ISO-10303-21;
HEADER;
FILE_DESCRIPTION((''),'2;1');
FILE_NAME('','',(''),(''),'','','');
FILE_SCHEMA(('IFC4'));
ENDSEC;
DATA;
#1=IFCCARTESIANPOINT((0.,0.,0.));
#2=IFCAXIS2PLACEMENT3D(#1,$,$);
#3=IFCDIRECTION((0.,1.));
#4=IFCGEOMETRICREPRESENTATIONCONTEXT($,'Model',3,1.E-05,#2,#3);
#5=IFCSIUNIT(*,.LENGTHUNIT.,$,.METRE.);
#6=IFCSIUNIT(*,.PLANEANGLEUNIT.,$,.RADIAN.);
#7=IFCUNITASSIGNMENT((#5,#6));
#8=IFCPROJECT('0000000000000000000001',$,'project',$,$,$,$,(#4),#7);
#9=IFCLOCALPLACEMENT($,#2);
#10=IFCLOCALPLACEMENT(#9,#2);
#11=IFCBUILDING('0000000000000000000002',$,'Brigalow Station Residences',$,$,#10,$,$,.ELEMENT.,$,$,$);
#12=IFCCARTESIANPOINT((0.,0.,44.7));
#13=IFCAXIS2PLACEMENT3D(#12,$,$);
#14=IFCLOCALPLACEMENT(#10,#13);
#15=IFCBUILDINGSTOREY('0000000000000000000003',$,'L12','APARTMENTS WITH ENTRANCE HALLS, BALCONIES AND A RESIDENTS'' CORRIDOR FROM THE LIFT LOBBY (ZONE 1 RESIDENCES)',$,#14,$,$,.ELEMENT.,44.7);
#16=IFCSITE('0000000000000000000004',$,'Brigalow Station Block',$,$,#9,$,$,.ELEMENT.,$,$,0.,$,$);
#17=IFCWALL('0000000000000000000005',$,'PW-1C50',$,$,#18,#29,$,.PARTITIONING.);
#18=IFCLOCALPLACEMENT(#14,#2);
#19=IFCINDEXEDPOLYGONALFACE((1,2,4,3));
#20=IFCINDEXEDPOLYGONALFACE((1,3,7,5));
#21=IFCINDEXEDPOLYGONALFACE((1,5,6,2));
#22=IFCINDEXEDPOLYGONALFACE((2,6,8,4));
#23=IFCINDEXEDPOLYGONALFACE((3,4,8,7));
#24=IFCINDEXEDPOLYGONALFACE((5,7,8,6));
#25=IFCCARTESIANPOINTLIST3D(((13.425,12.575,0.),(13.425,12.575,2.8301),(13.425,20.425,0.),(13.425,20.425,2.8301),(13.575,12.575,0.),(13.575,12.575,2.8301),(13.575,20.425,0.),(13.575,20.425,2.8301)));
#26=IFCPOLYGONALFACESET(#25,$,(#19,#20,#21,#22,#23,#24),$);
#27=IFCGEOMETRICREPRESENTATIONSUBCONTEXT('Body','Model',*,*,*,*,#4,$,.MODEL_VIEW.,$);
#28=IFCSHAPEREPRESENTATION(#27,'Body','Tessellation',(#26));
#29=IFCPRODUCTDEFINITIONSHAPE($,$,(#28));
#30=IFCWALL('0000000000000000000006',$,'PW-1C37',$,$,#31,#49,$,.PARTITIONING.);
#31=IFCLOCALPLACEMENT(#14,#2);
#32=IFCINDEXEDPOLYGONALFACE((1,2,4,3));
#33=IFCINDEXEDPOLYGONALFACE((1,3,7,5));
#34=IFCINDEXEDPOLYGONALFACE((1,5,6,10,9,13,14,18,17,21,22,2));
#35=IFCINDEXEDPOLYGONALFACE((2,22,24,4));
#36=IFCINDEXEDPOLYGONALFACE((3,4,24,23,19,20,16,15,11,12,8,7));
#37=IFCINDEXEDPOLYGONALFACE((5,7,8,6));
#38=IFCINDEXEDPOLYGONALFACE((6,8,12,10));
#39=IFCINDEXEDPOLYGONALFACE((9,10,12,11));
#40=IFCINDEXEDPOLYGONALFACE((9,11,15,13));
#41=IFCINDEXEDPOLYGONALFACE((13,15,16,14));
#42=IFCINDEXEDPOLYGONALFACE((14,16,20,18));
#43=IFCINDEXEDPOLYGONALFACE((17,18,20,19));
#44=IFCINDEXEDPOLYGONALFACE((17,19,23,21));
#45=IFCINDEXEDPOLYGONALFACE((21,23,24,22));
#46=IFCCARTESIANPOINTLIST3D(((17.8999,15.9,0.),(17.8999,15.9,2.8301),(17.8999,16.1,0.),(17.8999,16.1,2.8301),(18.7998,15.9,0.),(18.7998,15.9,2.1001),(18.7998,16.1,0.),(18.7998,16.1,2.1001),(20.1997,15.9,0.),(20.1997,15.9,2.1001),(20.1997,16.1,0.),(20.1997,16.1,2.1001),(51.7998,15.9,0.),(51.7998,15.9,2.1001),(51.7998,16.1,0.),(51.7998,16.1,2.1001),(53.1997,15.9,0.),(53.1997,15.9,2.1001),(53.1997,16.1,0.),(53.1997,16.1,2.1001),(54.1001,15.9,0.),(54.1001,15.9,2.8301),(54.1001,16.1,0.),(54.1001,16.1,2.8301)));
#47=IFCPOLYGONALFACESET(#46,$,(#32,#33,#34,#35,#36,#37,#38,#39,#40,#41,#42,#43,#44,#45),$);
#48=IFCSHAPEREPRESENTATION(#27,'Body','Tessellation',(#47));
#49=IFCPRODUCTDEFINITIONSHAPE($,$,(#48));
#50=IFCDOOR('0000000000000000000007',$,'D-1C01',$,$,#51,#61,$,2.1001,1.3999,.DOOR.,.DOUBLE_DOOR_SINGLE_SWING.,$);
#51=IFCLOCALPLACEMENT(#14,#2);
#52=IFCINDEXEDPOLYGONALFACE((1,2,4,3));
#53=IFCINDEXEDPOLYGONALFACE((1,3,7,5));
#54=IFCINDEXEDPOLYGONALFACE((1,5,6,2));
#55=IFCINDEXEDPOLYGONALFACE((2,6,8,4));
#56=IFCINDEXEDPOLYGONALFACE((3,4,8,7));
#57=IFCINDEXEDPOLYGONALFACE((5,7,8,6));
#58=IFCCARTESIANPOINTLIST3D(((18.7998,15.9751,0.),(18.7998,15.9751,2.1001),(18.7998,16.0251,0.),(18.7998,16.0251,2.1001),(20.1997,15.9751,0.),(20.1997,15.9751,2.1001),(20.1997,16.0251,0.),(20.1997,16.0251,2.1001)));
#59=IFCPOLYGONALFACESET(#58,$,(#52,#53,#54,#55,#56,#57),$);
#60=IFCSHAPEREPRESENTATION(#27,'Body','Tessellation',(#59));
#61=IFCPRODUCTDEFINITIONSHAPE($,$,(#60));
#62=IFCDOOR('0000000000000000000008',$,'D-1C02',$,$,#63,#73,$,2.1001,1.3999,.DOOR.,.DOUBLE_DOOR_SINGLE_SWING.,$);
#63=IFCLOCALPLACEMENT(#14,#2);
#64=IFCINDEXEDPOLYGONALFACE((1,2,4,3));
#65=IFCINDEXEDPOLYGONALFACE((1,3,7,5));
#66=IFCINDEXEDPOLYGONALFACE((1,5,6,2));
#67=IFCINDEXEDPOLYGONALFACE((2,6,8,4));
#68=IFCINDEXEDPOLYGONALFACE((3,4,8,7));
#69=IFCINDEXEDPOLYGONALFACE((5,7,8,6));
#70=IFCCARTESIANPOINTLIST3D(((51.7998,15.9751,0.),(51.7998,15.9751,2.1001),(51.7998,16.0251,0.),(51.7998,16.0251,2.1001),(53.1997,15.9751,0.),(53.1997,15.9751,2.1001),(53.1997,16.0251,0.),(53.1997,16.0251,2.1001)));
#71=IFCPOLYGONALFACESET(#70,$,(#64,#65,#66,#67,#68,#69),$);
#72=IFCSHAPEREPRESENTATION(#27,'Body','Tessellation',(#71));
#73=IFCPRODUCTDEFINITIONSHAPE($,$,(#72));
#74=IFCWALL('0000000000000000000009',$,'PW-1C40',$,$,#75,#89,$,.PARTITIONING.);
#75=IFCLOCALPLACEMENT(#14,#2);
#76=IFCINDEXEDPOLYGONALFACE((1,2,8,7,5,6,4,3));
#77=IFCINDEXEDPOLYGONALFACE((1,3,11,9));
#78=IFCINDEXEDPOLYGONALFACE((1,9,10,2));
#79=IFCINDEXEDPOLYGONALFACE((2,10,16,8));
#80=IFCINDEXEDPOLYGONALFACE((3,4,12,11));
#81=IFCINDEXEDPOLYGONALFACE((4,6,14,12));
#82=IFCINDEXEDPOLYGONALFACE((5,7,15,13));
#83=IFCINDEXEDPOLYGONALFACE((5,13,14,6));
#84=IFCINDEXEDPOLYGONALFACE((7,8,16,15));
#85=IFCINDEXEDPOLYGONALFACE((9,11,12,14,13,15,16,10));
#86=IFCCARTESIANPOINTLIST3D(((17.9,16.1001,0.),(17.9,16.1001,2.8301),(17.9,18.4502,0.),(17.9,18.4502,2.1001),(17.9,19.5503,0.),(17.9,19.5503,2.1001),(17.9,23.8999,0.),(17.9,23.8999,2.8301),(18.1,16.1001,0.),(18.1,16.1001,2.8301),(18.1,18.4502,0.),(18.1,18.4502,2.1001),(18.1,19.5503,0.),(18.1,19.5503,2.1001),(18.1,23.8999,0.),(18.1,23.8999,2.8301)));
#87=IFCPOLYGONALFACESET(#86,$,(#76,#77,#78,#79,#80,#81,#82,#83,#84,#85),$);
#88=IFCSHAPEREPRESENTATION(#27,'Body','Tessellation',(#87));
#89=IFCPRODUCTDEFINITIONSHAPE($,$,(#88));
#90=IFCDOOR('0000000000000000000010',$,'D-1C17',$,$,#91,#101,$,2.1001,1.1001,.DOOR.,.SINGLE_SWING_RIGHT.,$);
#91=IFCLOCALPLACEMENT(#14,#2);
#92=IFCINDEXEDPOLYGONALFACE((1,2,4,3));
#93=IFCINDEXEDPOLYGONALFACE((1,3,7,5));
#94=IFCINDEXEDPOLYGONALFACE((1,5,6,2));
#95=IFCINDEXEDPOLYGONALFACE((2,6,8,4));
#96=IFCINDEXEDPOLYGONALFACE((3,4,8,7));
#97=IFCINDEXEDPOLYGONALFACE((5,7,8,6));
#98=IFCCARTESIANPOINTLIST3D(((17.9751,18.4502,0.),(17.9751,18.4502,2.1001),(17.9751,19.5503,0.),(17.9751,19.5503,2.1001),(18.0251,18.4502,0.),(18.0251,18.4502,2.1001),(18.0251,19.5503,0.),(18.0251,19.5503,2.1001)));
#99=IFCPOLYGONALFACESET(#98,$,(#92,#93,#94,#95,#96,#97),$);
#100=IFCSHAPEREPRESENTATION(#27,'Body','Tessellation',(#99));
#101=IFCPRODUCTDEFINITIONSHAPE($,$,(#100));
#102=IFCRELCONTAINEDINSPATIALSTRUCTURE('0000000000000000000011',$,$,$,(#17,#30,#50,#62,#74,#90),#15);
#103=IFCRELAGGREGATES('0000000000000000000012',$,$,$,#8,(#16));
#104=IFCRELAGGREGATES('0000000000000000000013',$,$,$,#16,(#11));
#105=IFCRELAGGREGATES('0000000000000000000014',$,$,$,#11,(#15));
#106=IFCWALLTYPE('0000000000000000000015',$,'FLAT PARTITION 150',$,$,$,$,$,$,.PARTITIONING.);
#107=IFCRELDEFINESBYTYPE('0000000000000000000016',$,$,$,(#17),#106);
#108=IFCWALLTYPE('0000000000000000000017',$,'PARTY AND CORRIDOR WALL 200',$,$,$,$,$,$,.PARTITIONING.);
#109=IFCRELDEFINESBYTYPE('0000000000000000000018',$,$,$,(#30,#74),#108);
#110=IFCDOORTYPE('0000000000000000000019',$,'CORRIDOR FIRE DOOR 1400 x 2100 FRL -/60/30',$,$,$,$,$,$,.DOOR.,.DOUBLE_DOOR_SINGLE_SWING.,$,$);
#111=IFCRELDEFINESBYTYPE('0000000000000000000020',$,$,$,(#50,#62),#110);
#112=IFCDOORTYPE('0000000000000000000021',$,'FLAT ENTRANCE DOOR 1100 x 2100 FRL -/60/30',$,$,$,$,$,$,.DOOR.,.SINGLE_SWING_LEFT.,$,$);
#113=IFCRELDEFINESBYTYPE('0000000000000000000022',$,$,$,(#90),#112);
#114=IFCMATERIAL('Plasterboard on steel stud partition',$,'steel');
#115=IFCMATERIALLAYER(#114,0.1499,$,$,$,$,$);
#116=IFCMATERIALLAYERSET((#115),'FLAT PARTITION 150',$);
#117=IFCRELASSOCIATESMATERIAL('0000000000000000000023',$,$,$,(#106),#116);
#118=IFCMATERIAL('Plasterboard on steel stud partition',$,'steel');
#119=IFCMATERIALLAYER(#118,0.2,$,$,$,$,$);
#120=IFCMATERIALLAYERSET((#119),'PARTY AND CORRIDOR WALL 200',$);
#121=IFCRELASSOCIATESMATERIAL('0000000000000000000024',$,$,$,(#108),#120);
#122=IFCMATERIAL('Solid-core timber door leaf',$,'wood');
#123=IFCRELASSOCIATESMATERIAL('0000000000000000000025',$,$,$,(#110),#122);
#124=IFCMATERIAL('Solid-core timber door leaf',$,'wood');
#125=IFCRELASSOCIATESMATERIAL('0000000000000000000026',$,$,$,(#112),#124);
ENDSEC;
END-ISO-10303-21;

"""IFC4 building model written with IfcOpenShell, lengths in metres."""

from ifc_helpers import new_model, si_unit, direction, frame, frame_2d, origin, place, context, subcontext, project, spatial, rectangle, extrude, material, layer, layer_set, type_object, element, fill, save


model = new_model("IFC4")

# Units and contexts
model_context = context("Model", 3, precision=1e-05, world=origin(), true_north=direction((0.0, 1.0)))
body_context = subcontext(model_context, "Body", "Model", "MODEL_VIEW")
ifc_project = project(units=[si_unit("LENGTHUNIT", "METRE"), si_unit("PLANEANGLEUNIT", "RADIAN")], contexts=[model_context])

# Site, building, storey
site_placement = place(None, origin())
site = spatial("IfcSite", under=ifc_project, at=site_placement, Name="Brigalow Station Block", CompositionType="ELEMENT", RefElevation=0.0)
building_placement = place(site_placement, origin())
building = spatial("IfcBuilding", under=site, at=building_placement, Name="Brigalow Station Residences", CompositionType="ELEMENT")
storey_placement = place(building_placement, frame((0.0, 0.0, 44.7)))
storey = spatial("IfcBuildingStorey", under=building, at=storey_placement, Name="L12", Description="APARTMENTS WITH ENTRANCE HALLS, BALCONIES AND A RESIDENTS' CORRIDOR FROM THE LIFT LOBBY (ZONE 1 RESIDENCES)", CompositionType="ELEMENT", Elevation=44.7)

# Shared definitions
ifc_material_1 = material(Name="Plasterboard on steel stud partition", Category="steel")
ifc_layer_1 = layer(ifc_material_1, 0.1499)
ifc_layer_set_1 = layer_set([ifc_layer_1], Name="FLAT PARTITION 150")
wall_type_1 = type_object("IfcWallType", Name="FLAT PARTITION 150", PredefinedType="PARTITIONING", material=ifc_layer_set_1)

# Wall
wall_1_placement = place(storey_placement, frame((13.5, 12.575, 0.0), z_axis=(0.0, 0.0, 1.0), x_axis=(0.0, 1.0, 0.0)))
element("IfcWall", 1, at=wall_1_placement, inside=storey, type_object=wall_type_1, Name="PW-1C50", PredefinedType="PARTITIONING", context=body_context, shape_type="SweptSolid", body=[
    extrude(rectangle(XDim=7.8501, YDim=0.1499, at=frame_2d((3.925, 0.0))), origin(), (0.0, 0.0, 1.0), 2.8301),
])

# Wall, openings, doors
ifc_material_2 = material(Name="Plasterboard on steel stud partition", Category="steel")
ifc_layer_2 = layer(ifc_material_2, 0.2)
ifc_layer_set_2 = layer_set([ifc_layer_2], Name="PARTY AND CORRIDOR WALL 200")
wall_type_2 = type_object("IfcWallType", Name="PARTY AND CORRIDOR WALL 200", PredefinedType="PARTITIONING", material=ifc_layer_set_2)
wall_2_placement = place(storey_placement, frame((17.8999, 16.0, 0.0), z_axis=(0.0, 0.0, 1.0), x_axis=(1.0, 0.0, 0.0)))
wall_2 = element("IfcWall", 2, at=wall_2_placement, inside=storey, type_object=wall_type_2, Name="PW-1C37", PredefinedType="PARTITIONING", context=body_context, shape_type="SweptSolid", body=[
    extrude(rectangle(XDim=36.2002, YDim=0.2, at=frame_2d((18.1001, 0.0))), origin(), (0.0, 0.0, 1.0), 2.8301),
])
opening_1_placement = place(wall_2_placement, frame((0.8999, 0.0, 0.0)))
opening_1 = element("IfcOpeningElement", 3, at=opening_1_placement, cuts=wall_2, PredefinedType="OPENING", context=body_context, shape_type="SweptSolid", body=[
    extrude(rectangle(XDim=1.3999, YDim=2.1001, at=frame_2d((0.7, 1.05))), frame((0.0, 0.1099, 0.0), z_axis=(0.0, -1.0, 0.0), x_axis=(1.0, 0.0, 0.0)), (0.0, 0.0, 1.0), 0.22),
])
opening_2_placement = place(wall_2_placement, frame((33.8999, 0.0, 0.0)))
opening_2 = element("IfcOpeningElement", 4, at=opening_2_placement, cuts=wall_2, PredefinedType="OPENING", context=body_context, shape_type="SweptSolid", body=[
    extrude(rectangle(XDim=1.3999, YDim=2.1001, at=frame_2d((0.7, 1.05))), frame((0.0, 0.1099, 0.0), z_axis=(0.0, -1.0, 0.0), x_axis=(1.0, 0.0, 0.0)), (0.0, 0.0, 1.0), 0.22),
])
ifc_material_3 = material(Name="Solid-core timber door leaf", Category="wood")
door_type_1 = type_object("IfcDoorType", Name="CORRIDOR FIRE DOOR 1400 x 2100 FRL -/60/30", OperationType="DOUBLE_DOOR_SINGLE_SWING", PredefinedType="DOOR", material=ifc_material_3)
door_1_placement = place(opening_1_placement, frame((1.3999, 0.0, 0.0), z_axis=(0.0, 0.0, 1.0), x_axis=(-1.0, 0.0, 0.0)))
door_1 = element("IfcDoor", 5, at=door_1_placement, inside=storey, type_object=door_type_1, Name="D-1C01", OperationType="DOUBLE_DOOR_SINGLE_SWING", OverallHeight=2.1001, OverallWidth=1.3999, PredefinedType="DOOR", context=body_context, shape_type="SweptSolid", body=[
    extrude(rectangle(XDim=1.3999, YDim=2.1001, at=frame_2d((0.7, 1.05))), frame((0.0, 0.0249, 0.0), z_axis=(0.0, -1.0, 0.0), x_axis=(1.0, 0.0, 0.0)), (0.0, 0.0, 1.0), 0.05),
])
fill(opening_1, door_1)
door_2_placement = place(opening_2_placement, frame((1.3999, 0.0, 0.0), z_axis=(0.0, 0.0, 1.0), x_axis=(-1.0, 0.0, 0.0)))
door_2 = element("IfcDoor", 6, at=door_2_placement, inside=storey, type_object=door_type_1, Name="D-1C02", OperationType="DOUBLE_DOOR_SINGLE_SWING", OverallHeight=2.1001, OverallWidth=1.3999, PredefinedType="DOOR", context=body_context, shape_type="SweptSolid", body=[
    extrude(rectangle(XDim=1.3999, YDim=2.1001, at=frame_2d((0.7, 1.05))), frame((0.0, 0.0249, 0.0), z_axis=(0.0, -1.0, 0.0), x_axis=(1.0, 0.0, 0.0)), (0.0, 0.0, 1.0), 0.05),
])
fill(opening_2, door_2)

# Wall, opening, door
wall_3_placement = place(storey_placement, frame((18.0, 16.1001, 0.0), z_axis=(0.0, 0.0, 1.0), x_axis=(0.0, 1.0, 0.0)))
wall_3 = element("IfcWall", 7, at=wall_3_placement, inside=storey, type_object=wall_type_2, Name="PW-1C40", PredefinedType="PARTITIONING", context=body_context, shape_type="SweptSolid", body=[
    extrude(rectangle(XDim=7.7998, YDim=0.2, at=frame_2d((3.8999, 0.0))), origin(), (0.0, 0.0, 1.0), 2.8301),
])
opening_3_placement = place(wall_3_placement, frame((2.3501, 0.0, 0.0)))
opening_3 = element("IfcOpeningElement", 8, at=opening_3_placement, cuts=wall_3, PredefinedType="OPENING", context=body_context, shape_type="SweptSolid", body=[
    extrude(rectangle(XDim=1.1001, YDim=2.1001, at=frame_2d((0.55, 1.05))), frame((0.0, 0.1099, 0.0), z_axis=(0.0, -1.0, 0.0), x_axis=(1.0, 0.0, 0.0)), (0.0, 0.0, 1.0), 0.22),
])
ifc_material_4 = material(Name="Solid-core timber door leaf", Category="wood")
door_type_2 = type_object("IfcDoorType", Name="FLAT ENTRANCE DOOR 1100 x 2100 FRL -/60/30", OperationType="SINGLE_SWING_LEFT", PredefinedType="DOOR", material=ifc_material_4)
door_3_placement = place(opening_3_placement, origin())
door_3 = element("IfcDoor", 9, at=door_3_placement, inside=storey, type_object=door_type_2, Name="D-1C17", OperationType="SINGLE_SWING_RIGHT", OverallHeight=2.1001, OverallWidth=1.1001, PredefinedType="DOOR", context=body_context, shape_type="SweptSolid", body=[
    extrude(rectangle(XDim=1.1001, YDim=2.1001, at=frame_2d((0.55, 1.05))), frame((0.0, 0.0249, 0.0), z_axis=(0.0, -1.0, 0.0), x_axis=(1.0, 0.0, 0.0)), (0.0, 0.0, 1.0), 0.05),
])
fill(opening_3, door_3)

save(model, "model.ifc")
